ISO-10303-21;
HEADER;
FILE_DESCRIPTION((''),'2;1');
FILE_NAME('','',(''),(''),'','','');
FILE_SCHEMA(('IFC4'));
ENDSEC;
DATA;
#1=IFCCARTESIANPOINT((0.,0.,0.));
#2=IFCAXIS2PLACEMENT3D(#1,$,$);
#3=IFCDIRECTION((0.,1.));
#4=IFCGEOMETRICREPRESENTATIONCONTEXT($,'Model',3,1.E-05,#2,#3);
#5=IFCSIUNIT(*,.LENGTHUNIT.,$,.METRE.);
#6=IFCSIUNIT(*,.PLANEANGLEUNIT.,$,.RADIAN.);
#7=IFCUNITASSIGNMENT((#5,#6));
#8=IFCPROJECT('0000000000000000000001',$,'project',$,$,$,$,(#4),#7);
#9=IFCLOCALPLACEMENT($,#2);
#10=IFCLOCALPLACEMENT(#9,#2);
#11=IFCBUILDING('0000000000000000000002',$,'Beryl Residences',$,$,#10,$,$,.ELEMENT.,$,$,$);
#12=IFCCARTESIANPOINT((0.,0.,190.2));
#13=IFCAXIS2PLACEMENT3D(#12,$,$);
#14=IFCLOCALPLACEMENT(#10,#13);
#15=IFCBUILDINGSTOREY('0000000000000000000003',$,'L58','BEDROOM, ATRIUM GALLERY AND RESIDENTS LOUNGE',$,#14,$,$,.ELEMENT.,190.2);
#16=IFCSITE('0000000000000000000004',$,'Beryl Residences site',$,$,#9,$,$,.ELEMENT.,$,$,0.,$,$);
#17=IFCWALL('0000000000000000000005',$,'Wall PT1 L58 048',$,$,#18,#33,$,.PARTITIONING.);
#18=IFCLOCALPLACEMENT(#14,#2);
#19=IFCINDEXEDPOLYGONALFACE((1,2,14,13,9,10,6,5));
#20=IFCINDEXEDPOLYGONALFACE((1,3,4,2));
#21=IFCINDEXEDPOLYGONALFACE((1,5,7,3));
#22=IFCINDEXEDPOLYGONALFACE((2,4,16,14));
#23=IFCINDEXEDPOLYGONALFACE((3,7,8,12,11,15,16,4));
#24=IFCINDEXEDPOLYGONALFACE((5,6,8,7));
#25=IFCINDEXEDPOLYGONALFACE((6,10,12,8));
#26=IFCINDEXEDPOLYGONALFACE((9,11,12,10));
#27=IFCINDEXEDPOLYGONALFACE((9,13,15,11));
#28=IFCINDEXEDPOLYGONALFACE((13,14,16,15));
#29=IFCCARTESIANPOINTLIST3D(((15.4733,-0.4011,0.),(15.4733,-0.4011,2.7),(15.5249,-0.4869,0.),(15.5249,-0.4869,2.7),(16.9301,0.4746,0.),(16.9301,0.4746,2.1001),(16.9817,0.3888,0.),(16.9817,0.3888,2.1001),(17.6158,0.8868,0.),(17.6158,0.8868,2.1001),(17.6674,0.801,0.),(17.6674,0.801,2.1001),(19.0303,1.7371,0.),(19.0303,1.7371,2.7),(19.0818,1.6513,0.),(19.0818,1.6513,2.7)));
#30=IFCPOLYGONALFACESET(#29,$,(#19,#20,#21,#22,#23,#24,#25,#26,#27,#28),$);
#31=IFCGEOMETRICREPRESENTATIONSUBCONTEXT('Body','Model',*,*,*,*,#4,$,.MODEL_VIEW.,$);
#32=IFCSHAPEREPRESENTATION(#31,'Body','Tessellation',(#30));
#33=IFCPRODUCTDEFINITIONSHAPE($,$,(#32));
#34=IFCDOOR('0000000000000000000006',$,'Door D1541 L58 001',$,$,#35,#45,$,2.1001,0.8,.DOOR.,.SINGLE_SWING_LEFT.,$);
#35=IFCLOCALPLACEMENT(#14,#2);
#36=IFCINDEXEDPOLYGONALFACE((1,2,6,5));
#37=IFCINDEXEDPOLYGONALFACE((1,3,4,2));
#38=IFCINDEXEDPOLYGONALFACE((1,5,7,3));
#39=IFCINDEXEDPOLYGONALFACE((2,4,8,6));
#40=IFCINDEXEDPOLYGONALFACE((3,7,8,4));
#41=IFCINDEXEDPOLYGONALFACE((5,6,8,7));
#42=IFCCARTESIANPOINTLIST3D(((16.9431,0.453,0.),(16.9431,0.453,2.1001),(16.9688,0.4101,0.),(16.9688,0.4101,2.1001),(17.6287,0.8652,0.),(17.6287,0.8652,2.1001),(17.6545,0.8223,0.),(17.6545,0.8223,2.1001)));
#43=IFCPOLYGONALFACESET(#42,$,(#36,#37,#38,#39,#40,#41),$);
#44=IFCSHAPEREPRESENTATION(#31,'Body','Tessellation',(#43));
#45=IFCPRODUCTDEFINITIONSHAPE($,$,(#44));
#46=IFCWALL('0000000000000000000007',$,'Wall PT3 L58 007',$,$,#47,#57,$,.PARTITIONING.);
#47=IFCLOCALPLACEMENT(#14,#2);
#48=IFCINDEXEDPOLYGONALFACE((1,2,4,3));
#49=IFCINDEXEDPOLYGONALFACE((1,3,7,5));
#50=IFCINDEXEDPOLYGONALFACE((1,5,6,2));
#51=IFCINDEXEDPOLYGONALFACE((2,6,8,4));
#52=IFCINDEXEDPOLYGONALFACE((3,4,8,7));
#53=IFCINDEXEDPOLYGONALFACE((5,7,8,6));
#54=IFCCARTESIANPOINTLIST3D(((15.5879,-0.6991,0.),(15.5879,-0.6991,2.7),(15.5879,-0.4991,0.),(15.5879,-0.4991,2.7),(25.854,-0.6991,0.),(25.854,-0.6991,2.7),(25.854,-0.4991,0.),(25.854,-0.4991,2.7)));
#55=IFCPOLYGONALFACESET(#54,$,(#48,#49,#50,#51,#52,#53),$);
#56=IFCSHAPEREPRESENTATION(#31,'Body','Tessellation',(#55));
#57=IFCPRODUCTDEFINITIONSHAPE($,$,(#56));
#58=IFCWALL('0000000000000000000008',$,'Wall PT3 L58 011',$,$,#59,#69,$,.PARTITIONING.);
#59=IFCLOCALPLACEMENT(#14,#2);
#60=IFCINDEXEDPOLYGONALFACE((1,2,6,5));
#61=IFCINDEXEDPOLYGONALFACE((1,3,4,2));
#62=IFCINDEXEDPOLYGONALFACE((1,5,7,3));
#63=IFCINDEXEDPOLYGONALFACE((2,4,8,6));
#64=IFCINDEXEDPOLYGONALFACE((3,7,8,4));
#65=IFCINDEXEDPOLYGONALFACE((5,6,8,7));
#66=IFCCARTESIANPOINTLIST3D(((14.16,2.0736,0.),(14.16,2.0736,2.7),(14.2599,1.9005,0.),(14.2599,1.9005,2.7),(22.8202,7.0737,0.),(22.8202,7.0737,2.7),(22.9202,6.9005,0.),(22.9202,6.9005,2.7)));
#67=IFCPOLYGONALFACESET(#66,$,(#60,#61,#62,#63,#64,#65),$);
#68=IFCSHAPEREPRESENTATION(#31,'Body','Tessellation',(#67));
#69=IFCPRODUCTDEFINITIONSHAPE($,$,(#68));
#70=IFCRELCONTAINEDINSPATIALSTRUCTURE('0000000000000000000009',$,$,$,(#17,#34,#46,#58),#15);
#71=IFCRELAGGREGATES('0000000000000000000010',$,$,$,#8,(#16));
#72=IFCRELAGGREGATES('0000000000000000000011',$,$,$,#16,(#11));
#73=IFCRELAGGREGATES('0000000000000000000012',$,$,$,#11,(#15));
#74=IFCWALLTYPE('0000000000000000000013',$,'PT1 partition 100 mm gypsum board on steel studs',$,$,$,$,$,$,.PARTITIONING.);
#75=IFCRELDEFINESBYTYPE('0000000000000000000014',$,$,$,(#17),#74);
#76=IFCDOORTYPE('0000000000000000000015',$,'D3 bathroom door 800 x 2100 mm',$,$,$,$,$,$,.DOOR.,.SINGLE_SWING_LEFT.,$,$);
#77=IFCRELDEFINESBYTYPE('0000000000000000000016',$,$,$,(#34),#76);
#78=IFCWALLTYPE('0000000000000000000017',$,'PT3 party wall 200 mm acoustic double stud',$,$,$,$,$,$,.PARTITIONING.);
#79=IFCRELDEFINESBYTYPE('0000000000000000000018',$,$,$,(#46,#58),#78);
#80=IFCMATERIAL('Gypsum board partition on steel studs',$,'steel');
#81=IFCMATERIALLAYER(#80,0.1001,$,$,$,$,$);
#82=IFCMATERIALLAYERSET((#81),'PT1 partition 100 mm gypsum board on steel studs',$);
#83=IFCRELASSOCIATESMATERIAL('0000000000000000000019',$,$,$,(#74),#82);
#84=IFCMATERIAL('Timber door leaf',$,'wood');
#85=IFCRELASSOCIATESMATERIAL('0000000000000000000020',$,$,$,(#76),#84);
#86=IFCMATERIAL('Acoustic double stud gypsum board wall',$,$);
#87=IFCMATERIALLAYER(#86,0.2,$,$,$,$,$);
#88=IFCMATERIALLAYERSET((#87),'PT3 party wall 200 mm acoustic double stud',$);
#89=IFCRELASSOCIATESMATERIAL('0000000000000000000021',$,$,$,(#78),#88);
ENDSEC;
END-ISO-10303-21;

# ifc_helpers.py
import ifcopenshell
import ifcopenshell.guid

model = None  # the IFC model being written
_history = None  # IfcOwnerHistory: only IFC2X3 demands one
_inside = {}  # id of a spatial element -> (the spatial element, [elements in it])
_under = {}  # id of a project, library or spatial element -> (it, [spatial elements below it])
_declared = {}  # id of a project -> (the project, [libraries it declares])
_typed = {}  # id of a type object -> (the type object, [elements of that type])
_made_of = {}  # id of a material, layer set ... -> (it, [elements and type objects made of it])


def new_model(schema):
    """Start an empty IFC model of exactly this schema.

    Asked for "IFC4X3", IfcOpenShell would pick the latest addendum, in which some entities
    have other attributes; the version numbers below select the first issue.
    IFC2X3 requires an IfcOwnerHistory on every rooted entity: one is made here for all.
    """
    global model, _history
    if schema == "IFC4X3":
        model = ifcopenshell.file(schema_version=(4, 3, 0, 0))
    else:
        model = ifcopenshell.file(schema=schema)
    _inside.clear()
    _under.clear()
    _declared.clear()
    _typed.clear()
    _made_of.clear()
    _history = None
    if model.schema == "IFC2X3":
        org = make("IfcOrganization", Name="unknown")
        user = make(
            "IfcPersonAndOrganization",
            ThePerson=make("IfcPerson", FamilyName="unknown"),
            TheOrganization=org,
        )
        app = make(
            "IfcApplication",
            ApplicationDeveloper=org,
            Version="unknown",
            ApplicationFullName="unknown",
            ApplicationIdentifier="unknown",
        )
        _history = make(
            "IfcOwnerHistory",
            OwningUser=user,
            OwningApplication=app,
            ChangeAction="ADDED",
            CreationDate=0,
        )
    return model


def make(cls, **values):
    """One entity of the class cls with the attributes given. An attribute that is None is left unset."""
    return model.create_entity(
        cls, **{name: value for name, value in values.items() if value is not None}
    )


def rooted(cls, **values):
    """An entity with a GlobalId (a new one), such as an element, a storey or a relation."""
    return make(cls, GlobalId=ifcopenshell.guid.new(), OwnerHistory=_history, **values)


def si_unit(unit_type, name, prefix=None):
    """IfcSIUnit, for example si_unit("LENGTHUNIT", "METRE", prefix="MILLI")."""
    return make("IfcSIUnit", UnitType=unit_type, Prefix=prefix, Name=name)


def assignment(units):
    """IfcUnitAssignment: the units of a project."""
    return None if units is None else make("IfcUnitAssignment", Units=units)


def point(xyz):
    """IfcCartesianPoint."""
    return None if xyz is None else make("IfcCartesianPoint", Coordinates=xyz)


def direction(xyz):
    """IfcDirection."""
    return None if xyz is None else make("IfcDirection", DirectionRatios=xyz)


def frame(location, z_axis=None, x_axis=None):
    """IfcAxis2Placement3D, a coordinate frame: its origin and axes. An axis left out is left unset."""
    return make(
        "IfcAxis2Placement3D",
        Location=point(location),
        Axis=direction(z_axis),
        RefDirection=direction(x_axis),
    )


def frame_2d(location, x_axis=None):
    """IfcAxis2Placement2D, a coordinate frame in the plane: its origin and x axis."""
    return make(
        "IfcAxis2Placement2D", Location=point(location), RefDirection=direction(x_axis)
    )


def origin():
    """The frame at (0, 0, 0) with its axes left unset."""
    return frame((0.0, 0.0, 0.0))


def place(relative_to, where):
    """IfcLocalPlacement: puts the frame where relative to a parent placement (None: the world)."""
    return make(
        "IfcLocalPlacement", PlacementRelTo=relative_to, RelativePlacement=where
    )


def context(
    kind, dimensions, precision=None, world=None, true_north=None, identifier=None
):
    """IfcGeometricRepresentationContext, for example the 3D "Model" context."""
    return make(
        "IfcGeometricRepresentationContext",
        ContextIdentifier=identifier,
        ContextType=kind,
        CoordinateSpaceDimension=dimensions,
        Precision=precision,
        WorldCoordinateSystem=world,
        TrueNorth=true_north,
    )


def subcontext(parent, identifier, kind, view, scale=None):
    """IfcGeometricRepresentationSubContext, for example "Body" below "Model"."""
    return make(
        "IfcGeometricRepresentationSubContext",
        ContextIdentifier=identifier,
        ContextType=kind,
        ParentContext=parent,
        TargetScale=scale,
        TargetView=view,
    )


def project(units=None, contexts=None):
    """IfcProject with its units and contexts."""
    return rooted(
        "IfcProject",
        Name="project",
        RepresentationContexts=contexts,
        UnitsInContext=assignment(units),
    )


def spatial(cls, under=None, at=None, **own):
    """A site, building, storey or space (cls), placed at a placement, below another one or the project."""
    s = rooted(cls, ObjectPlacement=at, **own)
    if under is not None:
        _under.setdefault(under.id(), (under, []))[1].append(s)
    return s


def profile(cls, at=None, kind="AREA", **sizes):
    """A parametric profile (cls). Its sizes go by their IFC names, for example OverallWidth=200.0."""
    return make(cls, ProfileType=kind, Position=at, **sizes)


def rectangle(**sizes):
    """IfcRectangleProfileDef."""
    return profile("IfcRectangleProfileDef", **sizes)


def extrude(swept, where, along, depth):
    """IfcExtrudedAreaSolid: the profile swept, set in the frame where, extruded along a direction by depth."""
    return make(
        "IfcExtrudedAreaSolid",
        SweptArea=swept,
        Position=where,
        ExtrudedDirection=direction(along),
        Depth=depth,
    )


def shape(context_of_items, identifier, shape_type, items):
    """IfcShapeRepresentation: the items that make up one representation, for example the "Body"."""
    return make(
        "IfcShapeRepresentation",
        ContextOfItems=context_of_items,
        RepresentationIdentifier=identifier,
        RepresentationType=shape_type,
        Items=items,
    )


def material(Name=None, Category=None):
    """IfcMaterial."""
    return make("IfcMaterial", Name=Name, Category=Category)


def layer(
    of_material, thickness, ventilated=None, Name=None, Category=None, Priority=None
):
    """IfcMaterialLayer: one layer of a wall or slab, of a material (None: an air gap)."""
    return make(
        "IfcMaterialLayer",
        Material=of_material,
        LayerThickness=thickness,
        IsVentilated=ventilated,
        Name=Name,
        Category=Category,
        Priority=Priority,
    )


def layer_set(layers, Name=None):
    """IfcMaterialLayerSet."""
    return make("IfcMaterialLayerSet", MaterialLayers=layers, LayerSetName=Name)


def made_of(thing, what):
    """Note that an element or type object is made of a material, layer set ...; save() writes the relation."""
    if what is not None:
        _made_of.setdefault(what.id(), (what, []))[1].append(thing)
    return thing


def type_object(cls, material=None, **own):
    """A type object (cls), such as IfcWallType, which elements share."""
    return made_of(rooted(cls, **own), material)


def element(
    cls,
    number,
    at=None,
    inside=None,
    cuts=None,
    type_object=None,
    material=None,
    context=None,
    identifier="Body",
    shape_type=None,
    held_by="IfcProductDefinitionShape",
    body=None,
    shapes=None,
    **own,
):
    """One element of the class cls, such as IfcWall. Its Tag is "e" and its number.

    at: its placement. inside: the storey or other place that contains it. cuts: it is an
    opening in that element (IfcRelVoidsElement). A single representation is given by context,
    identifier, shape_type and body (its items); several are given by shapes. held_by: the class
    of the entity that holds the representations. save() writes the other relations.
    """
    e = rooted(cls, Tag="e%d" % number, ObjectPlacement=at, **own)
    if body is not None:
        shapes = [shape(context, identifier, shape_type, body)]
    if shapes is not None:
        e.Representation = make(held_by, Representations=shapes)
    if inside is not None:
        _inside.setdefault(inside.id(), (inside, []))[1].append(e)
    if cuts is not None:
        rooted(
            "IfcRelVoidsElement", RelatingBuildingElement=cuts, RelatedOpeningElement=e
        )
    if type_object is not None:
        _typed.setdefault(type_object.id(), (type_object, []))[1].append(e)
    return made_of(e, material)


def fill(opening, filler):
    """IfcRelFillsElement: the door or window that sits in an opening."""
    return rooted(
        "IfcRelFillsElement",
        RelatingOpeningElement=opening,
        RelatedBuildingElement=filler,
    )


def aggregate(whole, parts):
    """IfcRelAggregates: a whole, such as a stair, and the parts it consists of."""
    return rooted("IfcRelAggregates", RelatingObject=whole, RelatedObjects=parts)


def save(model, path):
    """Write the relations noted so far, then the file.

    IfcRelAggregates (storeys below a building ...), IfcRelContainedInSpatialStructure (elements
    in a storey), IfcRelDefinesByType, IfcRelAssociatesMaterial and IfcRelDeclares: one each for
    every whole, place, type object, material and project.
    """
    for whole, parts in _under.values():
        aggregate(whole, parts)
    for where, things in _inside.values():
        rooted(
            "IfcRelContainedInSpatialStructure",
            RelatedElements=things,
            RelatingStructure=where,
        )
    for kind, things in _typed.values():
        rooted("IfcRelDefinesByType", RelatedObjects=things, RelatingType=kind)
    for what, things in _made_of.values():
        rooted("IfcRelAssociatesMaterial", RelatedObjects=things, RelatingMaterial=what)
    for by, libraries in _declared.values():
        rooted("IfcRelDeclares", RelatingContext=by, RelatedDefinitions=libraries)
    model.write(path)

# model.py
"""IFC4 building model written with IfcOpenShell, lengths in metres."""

from ifc_helpers import new_model, si_unit, direction, frame, frame_2d, origin, place, context, subcontext, project, spatial, rectangle, extrude, material, layer, layer_set, type_object, element, fill, save


model = new_model("IFC4")

# Units and contexts
model_context = context("Model", 3, precision=1e-05, world=origin(), true_north=direction((0.0, 1.0)))
body_context = subcontext(model_context, "Body", "Model", "MODEL_VIEW")
ifc_project = project(units=[si_unit("LENGTHUNIT", "METRE"), si_unit("PLANEANGLEUNIT", "RADIAN")], contexts=[model_context])

# Site, building, storey
site_placement = place(None, origin())
site = spatial("IfcSite", under=ifc_project, at=site_placement, Name="Beryl Residences site", CompositionType="ELEMENT", RefElevation=0.0)
building_placement = place(site_placement, origin())
building = spatial("IfcBuilding", under=site, at=building_placement, Name="Beryl Residences", CompositionType="ELEMENT")
storey_placement = place(building_placement, frame((0.0, 0.0, 190.2)))
storey = spatial("IfcBuildingStorey", under=building, at=storey_placement, Name="L58", Description="BEDROOM, ATRIUM GALLERY AND RESIDENTS LOUNGE", CompositionType="ELEMENT", Elevation=190.2)

# Shared definitions
ifc_material_1 = material(Name="Gypsum board partition on steel studs", Category="steel")
ifc_layer_1 = layer(ifc_material_1, 0.1001)
ifc_layer_set_1 = layer_set([ifc_layer_1], Name="PT1 partition 100 mm gypsum board on steel studs")
wall_type_1 = type_object("IfcWallType", Name="PT1 partition 100 mm gypsum board on steel studs", PredefinedType="PARTITIONING", material=ifc_layer_set_1)

# Wall, opening, door
ifc_material_2 = material(Name="Timber door leaf", Category="wood")
door_type_1 = type_object("IfcDoorType", Name="D3 bathroom door 800 x 2100 mm", OperationType="SINGLE_SWING_LEFT", PredefinedType="DOOR", material=ifc_material_2)
wall_1_placement = place(storey_placement, frame((15.499, -0.4441, 0.0), z_axis=(0.0, 0.0, 1.0), x_axis=(0.857062, 0.515214, 0.0)))
wall_1 = element("IfcWall", 1, at=wall_1_placement, inside=storey, type_object=wall_type_1, Name="Wall PT1 L58 048", PredefinedType="PARTITIONING", context=body_context, shape_type="SweptSolid", body=[
    extrude(rectangle(XDim=4.1501, YDim=0.1001, at=frame_2d((2.0752, 0.0))), origin(), (0.0, 0.0, 1.0), 2.7),
])
opening_1_placement = place(wall_1_placement, frame((1.7, 0.0, 0.0)))
opening_1 = element("IfcOpeningElement", 2, at=opening_1_placement, cuts=wall_1, PredefinedType="OPENING", context=body_context, shape_type="SweptSolid", body=[
    extrude(rectangle(XDim=0.8, YDim=2.1001, at=frame_2d((0.3999, 1.05))), frame((0.0, 0.0601, 0.0), z_axis=(0.0, -1.0, 0.0), x_axis=(1.0, 0.0, 0.0)), (0.0, 0.0, 1.0), 0.1201),
])
door_1_placement = place(opening_1_placement, origin())
door_1 = element("IfcDoor", 3, at=door_1_placement, inside=storey, type_object=door_type_1, Name="Door D1541 L58 001", OperationType="SINGLE_SWING_LEFT", OverallHeight=2.1001, OverallWidth=0.8, PredefinedType="DOOR", context=body_context, shape_type="SweptSolid", body=[
    extrude(rectangle(XDim=0.8, YDim=2.1001, at=frame_2d((0.3999, 1.05))), frame((0.0, 0.0249, 0.0), z_axis=(0.0, -1.0, 0.0), x_axis=(1.0, 0.0, 0.0)), (0.0, 0.0, 1.0), 0.05),
])
fill(opening_1, door_1)

# Walls
ifc_material_3 = material(Name="Acoustic double stud gypsum board wall")
ifc_layer_2 = layer(ifc_material_3, 0.2)
ifc_layer_set_2 = layer_set([ifc_layer_2], Name="PT3 party wall 200 mm acoustic double stud")
wall_type_2 = type_object("IfcWallType", Name="PT3 party wall 200 mm acoustic double stud", PredefinedType="PARTITIONING", material=ifc_layer_set_2)
wall_2_placement = place(storey_placement, frame((15.5879, -0.5991, 0.0), z_axis=(0.0, 0.0, 1.0), x_axis=(1.0, 0.0, 0.0)))
element("IfcWall", 4, at=wall_2_placement, inside=storey, type_object=wall_type_2, Name="Wall PT3 L58 007", PredefinedType="PARTITIONING", context=body_context, shape_type="SweptSolid", body=[
    extrude(rectangle(XDim=10.2661, YDim=0.2, at=frame_2d((5.1331, 0.0))), origin(), (0.0, 0.0, 1.0), 2.7),
])
wall_3_placement = place(storey_placement, frame((14.21, 1.9871, 0.0), z_axis=(0.0, 0.0, 1.0), x_axis=(0.866023, 0.500004, 0.0)))
element("IfcWall", 5, at=wall_3_placement, inside=storey, type_object=wall_type_2, Name="Wall PT3 L58 011", PredefinedType="PARTITIONING", context=body_context, shape_type="SweptSolid", body=[
    extrude(rectangle(XDim=10.0, YDim=0.2, at=frame_2d((5.0, 0.0))), origin(), (0.0, 0.0, 1.0), 2.7),
])

save(model, "model.ifc")
